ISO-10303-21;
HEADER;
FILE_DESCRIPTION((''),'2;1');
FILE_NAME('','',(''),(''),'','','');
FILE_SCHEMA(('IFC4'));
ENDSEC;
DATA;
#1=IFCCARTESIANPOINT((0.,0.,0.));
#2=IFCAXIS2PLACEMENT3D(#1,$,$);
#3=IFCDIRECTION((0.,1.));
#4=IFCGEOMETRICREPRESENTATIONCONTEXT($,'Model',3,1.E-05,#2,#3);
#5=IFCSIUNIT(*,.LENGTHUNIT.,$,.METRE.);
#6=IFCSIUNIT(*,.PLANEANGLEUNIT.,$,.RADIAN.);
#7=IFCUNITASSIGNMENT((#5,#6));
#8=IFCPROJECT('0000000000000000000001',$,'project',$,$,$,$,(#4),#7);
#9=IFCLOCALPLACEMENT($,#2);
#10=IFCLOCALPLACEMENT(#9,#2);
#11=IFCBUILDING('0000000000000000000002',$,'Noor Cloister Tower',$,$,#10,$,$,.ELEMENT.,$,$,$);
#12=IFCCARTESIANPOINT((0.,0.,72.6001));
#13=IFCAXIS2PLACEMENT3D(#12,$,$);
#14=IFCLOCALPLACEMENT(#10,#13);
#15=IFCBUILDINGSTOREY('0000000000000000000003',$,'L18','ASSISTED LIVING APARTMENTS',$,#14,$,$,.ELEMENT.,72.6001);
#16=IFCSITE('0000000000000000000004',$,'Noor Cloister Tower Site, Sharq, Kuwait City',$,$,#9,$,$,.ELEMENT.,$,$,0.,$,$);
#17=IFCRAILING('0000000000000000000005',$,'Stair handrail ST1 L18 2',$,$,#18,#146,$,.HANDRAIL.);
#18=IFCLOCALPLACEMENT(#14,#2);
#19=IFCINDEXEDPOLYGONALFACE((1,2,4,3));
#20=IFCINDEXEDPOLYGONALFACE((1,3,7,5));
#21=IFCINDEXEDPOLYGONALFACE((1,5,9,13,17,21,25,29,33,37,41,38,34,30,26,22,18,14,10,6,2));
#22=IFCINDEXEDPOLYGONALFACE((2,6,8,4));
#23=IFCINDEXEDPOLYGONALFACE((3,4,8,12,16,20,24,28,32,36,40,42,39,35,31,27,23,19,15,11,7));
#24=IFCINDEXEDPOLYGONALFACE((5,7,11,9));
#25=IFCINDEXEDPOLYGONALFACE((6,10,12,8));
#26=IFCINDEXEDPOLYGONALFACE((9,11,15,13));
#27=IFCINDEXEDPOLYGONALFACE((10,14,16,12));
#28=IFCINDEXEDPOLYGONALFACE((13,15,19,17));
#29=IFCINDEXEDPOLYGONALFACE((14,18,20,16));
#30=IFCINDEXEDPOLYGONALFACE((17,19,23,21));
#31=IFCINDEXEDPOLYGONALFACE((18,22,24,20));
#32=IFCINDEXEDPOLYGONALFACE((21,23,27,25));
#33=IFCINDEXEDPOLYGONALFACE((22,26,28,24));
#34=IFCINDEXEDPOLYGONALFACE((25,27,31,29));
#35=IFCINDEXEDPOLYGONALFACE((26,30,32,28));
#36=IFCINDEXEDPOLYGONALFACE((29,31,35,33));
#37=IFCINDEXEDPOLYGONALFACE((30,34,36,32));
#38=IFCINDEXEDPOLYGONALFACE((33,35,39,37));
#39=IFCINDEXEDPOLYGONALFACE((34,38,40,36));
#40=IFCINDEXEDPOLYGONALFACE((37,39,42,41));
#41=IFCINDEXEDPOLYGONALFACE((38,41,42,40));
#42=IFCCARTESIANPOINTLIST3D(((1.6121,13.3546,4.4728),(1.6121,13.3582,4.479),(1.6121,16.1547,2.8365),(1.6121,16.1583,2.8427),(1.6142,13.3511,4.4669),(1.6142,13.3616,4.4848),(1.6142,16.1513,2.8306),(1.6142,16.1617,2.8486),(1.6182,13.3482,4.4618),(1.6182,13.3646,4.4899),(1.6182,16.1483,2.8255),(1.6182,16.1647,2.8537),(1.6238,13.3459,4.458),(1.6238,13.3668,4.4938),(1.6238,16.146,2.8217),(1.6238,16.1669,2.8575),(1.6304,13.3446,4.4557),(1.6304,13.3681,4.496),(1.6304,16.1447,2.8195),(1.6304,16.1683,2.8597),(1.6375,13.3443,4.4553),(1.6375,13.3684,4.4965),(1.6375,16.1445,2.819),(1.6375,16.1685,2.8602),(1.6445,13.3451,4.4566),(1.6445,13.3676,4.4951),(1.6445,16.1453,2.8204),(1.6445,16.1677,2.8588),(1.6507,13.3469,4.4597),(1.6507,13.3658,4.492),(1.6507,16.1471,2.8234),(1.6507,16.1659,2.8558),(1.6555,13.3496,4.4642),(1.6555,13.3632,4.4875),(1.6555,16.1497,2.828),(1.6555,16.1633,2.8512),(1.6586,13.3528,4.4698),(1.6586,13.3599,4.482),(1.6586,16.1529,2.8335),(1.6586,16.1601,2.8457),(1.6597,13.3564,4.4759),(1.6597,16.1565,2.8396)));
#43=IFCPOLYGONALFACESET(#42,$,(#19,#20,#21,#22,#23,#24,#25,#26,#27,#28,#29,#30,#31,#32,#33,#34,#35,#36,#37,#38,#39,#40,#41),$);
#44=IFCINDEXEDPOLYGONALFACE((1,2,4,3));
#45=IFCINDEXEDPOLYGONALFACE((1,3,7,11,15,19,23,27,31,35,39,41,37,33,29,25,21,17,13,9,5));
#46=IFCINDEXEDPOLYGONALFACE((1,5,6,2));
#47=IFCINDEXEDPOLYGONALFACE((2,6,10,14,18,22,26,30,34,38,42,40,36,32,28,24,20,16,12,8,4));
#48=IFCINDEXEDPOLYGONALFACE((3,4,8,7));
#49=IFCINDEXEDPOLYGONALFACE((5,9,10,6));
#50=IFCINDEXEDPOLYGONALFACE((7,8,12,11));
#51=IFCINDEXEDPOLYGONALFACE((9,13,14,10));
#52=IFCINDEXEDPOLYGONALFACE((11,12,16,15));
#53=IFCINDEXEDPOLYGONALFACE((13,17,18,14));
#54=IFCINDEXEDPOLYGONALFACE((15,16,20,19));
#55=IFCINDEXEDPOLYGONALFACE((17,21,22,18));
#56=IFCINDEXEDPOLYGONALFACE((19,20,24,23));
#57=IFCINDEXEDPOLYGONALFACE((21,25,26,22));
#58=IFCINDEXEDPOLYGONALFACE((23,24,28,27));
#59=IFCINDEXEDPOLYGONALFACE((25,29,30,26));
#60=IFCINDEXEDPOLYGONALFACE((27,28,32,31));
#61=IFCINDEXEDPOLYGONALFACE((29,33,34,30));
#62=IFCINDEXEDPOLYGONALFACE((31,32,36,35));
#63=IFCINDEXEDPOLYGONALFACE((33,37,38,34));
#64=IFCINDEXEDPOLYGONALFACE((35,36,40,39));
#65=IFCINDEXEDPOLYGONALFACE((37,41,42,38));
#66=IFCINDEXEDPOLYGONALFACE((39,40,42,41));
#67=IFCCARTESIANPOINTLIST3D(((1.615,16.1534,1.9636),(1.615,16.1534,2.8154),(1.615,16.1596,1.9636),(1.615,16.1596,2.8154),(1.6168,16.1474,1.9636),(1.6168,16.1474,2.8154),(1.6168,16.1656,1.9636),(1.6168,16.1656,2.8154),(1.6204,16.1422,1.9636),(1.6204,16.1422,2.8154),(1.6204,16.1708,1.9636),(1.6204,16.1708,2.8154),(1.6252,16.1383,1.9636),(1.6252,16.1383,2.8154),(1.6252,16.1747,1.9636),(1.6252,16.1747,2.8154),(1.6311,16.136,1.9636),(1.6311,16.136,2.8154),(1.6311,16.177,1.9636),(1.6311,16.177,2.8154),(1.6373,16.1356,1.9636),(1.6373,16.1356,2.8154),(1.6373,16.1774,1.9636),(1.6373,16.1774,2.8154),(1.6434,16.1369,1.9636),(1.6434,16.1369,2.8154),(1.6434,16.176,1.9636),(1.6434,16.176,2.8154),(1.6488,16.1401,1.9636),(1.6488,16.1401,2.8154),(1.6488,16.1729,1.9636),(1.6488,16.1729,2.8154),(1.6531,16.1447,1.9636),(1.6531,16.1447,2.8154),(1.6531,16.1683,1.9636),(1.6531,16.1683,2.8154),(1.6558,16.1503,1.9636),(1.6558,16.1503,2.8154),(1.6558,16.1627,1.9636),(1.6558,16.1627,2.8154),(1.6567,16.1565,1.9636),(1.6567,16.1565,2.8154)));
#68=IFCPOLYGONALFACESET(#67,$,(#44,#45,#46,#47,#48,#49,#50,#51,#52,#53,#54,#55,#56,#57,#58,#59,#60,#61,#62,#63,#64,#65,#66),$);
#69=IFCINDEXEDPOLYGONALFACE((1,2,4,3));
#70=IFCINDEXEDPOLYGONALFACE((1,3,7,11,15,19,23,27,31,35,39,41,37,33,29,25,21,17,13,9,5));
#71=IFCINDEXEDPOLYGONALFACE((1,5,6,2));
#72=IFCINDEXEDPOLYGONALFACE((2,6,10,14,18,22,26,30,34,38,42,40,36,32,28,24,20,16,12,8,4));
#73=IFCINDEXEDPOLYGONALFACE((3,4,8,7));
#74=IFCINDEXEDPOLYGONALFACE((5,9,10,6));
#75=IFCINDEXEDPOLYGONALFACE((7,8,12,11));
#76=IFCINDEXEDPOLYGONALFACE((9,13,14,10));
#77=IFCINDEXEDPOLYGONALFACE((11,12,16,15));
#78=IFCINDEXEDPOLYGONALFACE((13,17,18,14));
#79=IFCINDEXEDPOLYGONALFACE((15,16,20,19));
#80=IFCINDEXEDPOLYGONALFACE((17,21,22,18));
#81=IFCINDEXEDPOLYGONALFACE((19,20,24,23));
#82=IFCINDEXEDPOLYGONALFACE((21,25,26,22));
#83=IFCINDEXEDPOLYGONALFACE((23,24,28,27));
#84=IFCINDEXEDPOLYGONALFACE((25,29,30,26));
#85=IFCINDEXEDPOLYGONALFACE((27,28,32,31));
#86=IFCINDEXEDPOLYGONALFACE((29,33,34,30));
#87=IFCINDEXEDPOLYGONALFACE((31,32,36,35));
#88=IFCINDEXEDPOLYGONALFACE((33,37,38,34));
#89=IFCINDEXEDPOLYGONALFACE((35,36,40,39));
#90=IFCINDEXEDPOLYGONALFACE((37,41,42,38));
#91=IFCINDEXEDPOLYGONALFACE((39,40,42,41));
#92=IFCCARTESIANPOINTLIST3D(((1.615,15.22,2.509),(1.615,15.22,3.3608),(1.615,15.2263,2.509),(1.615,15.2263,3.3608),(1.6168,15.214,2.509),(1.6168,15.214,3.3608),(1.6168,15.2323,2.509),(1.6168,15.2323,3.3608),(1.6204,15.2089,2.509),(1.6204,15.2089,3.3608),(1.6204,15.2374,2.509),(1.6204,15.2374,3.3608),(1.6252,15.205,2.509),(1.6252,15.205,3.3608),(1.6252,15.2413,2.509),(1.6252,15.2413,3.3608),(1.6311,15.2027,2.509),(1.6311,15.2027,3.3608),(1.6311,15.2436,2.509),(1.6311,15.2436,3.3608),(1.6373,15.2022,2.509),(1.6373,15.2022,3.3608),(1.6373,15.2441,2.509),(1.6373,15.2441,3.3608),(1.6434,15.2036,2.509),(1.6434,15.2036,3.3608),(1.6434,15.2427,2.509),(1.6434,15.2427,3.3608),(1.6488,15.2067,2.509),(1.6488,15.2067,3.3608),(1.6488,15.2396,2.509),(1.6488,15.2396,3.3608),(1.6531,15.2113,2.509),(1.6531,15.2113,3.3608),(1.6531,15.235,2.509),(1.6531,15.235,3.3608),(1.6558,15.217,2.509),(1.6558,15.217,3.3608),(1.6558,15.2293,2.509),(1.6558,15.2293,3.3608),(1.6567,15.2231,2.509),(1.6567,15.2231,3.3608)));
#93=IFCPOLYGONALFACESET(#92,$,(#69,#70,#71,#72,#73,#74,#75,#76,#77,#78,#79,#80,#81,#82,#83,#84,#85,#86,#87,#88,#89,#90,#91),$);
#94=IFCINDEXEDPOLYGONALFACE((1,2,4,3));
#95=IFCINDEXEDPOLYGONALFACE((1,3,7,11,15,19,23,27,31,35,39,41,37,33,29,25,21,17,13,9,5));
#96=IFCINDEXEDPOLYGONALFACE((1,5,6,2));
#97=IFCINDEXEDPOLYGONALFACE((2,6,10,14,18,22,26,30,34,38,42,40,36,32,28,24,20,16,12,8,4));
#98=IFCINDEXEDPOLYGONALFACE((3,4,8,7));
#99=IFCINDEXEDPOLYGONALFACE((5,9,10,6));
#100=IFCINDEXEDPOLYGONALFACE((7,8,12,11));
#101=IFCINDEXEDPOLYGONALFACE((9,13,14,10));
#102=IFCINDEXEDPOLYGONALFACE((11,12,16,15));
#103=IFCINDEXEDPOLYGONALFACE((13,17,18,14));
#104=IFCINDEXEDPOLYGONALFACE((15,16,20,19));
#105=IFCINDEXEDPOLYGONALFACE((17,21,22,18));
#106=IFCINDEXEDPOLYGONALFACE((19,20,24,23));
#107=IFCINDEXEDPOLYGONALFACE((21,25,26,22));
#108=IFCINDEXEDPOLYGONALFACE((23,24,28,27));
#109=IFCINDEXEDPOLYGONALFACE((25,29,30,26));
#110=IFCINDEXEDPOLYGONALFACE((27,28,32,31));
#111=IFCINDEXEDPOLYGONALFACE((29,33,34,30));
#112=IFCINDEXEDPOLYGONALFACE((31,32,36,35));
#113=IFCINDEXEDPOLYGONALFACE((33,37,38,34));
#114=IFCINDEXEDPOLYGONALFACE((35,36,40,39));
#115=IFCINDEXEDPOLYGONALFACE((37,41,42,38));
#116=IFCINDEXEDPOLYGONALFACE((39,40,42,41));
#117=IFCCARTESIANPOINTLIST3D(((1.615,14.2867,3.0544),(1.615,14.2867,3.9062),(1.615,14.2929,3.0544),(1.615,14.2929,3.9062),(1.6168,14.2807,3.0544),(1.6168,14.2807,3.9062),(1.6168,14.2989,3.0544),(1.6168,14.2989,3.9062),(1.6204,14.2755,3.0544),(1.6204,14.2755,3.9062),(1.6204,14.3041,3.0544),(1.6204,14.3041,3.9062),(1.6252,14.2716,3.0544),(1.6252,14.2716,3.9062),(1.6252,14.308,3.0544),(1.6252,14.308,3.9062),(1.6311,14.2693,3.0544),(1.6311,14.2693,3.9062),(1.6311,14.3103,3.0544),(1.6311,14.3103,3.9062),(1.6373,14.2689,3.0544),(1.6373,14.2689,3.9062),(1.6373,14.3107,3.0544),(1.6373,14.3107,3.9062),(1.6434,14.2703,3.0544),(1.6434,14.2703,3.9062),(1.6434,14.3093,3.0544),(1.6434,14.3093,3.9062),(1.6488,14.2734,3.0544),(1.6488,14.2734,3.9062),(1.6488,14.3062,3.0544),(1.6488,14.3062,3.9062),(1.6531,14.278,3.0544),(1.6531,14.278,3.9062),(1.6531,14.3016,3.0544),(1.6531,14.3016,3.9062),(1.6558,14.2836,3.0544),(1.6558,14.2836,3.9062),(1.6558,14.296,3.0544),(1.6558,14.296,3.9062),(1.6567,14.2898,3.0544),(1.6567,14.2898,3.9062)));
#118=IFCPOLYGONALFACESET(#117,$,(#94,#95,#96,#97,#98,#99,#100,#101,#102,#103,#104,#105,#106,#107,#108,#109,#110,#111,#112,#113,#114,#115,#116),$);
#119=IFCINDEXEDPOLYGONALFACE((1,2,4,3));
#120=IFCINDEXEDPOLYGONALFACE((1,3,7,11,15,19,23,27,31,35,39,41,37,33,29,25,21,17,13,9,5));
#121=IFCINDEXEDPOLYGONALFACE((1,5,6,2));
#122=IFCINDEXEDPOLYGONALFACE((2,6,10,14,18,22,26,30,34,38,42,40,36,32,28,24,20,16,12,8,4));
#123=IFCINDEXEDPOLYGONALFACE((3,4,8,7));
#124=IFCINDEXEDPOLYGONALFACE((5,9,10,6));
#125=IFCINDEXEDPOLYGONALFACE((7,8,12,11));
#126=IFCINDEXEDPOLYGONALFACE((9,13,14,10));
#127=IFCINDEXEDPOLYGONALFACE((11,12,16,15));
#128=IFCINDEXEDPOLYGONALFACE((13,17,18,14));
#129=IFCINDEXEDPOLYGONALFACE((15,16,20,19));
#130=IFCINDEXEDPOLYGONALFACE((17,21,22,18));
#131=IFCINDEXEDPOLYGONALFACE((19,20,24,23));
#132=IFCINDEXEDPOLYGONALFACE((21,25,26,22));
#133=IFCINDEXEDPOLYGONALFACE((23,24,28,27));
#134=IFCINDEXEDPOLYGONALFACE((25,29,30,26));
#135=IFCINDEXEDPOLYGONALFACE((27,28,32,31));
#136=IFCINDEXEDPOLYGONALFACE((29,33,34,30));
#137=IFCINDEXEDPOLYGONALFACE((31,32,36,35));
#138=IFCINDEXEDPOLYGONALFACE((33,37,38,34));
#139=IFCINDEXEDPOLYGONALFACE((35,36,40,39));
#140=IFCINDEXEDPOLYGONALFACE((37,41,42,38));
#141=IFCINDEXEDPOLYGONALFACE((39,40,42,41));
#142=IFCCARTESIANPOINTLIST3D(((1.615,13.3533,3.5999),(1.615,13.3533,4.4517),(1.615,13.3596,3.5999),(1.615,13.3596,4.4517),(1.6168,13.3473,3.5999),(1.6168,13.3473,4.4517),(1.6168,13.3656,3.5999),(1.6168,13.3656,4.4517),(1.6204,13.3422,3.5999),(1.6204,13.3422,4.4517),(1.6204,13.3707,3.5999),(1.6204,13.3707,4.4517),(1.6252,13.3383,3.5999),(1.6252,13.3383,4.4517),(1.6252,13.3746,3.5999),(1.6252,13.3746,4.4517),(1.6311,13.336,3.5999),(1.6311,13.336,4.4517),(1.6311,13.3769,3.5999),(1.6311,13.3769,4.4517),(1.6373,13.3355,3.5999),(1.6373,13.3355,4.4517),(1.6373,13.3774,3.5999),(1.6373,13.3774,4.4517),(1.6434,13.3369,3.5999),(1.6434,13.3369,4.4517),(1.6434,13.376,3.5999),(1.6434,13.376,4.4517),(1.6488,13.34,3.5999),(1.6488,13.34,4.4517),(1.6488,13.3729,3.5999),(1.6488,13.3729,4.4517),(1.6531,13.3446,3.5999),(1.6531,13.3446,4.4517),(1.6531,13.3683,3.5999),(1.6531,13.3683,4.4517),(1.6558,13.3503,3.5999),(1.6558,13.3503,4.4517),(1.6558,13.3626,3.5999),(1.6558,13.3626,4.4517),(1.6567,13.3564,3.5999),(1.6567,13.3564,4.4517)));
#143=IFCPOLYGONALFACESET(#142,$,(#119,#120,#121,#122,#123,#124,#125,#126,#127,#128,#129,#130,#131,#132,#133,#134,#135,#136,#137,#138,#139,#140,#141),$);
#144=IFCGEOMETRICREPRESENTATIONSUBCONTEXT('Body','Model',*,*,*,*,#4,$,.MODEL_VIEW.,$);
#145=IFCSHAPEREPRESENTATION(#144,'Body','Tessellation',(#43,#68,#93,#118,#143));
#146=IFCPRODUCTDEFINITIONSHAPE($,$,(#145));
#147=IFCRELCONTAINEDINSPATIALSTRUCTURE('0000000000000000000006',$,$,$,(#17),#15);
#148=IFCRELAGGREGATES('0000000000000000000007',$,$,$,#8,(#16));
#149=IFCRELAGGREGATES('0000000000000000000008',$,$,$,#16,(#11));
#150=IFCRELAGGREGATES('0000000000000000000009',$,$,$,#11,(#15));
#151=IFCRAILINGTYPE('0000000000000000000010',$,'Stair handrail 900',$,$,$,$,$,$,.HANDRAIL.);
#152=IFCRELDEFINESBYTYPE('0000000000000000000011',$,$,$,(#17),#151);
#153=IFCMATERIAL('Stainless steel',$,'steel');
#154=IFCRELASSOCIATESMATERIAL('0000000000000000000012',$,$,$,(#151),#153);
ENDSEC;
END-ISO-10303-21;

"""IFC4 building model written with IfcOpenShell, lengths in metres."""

from ifc_helpers import new_model, si_unit, direction, frame, origin, origin_2d, place, context, subcontext, project, spatial, circle, extrude, material, type_object, element, save


model = new_model("IFC4")

# Units and contexts
model_context = context("Model", 3, precision=1e-05, world=origin(), true_north=direction((0.0, 1.0)))
body_context = subcontext(model_context, "Body", "Model", "MODEL_VIEW")
ifc_project = project(units=[si_unit("LENGTHUNIT", "METRE"), si_unit("PLANEANGLEUNIT", "RADIAN")], contexts=[model_context])

# Site, building, storey
site_placement = place(None, origin())
site = spatial("IfcSite", under=ifc_project, at=site_placement, Name="Noor Cloister Tower Site, Sharq, Kuwait City", CompositionType="ELEMENT", RefElevation=0.0)
building_placement = place(site_placement, origin())
building = spatial("IfcBuilding", under=site, at=building_placement, Name="Noor Cloister Tower", CompositionType="ELEMENT")
storey_placement = place(building_placement, frame((0.0, 0.0, 72.6001)))
storey = spatial("IfcBuildingStorey", under=building, at=storey_placement, Name="L18", Description="ASSISTED LIVING APARTMENTS", CompositionType="ELEMENT", Elevation=72.6001)

# Railing
ifc_material_1 = material(Name="Stainless steel", Category="steel")
railing_type_1 = type_object("IfcRailingType", Name="Stair handrail 900", PredefinedType="HANDRAIL", material=ifc_material_1)
railing_1_placement = place(storey_placement, frame((1.6357, 16.1565, 1.9636)))
element("IfcRailing", 1, at=railing_1_placement, inside=storey, type_object=railing_type_1, Name="Stair handrail ST1 L18 2", PredefinedType="HANDRAIL", context=body_context, shape_type="SweptSolid", body=[
    extrude(circle(Radius=0.0239, at=origin_2d()), frame((0.0, 0.0, 0.876), z_axis=(0.0, -0.863394, 0.504531), x_axis=(1.0, 0.0, 0.0)), (0.0, 0.0, 1.0), 3.2432),
    extrude(circle(Radius=0.021, at=origin_2d()), origin(), (0.0, 0.0, 1.0), 0.8518),
    extrude(circle(Radius=0.021, at=origin_2d()), frame((0.0, -0.9333, 0.5454)), (0.0, 0.0, 1.0), 0.8518),
    extrude(circle(Radius=0.021, at=origin_2d()), frame((0.0, -1.8667, 1.0908)), (0.0, 0.0, 1.0), 0.8518),
    extrude(circle(Radius=0.021, at=origin_2d()), frame((0.0, -2.8, 1.6362)), (0.0, 0.0, 1.0), 0.8518),
])

save(model, "model.ifc")
